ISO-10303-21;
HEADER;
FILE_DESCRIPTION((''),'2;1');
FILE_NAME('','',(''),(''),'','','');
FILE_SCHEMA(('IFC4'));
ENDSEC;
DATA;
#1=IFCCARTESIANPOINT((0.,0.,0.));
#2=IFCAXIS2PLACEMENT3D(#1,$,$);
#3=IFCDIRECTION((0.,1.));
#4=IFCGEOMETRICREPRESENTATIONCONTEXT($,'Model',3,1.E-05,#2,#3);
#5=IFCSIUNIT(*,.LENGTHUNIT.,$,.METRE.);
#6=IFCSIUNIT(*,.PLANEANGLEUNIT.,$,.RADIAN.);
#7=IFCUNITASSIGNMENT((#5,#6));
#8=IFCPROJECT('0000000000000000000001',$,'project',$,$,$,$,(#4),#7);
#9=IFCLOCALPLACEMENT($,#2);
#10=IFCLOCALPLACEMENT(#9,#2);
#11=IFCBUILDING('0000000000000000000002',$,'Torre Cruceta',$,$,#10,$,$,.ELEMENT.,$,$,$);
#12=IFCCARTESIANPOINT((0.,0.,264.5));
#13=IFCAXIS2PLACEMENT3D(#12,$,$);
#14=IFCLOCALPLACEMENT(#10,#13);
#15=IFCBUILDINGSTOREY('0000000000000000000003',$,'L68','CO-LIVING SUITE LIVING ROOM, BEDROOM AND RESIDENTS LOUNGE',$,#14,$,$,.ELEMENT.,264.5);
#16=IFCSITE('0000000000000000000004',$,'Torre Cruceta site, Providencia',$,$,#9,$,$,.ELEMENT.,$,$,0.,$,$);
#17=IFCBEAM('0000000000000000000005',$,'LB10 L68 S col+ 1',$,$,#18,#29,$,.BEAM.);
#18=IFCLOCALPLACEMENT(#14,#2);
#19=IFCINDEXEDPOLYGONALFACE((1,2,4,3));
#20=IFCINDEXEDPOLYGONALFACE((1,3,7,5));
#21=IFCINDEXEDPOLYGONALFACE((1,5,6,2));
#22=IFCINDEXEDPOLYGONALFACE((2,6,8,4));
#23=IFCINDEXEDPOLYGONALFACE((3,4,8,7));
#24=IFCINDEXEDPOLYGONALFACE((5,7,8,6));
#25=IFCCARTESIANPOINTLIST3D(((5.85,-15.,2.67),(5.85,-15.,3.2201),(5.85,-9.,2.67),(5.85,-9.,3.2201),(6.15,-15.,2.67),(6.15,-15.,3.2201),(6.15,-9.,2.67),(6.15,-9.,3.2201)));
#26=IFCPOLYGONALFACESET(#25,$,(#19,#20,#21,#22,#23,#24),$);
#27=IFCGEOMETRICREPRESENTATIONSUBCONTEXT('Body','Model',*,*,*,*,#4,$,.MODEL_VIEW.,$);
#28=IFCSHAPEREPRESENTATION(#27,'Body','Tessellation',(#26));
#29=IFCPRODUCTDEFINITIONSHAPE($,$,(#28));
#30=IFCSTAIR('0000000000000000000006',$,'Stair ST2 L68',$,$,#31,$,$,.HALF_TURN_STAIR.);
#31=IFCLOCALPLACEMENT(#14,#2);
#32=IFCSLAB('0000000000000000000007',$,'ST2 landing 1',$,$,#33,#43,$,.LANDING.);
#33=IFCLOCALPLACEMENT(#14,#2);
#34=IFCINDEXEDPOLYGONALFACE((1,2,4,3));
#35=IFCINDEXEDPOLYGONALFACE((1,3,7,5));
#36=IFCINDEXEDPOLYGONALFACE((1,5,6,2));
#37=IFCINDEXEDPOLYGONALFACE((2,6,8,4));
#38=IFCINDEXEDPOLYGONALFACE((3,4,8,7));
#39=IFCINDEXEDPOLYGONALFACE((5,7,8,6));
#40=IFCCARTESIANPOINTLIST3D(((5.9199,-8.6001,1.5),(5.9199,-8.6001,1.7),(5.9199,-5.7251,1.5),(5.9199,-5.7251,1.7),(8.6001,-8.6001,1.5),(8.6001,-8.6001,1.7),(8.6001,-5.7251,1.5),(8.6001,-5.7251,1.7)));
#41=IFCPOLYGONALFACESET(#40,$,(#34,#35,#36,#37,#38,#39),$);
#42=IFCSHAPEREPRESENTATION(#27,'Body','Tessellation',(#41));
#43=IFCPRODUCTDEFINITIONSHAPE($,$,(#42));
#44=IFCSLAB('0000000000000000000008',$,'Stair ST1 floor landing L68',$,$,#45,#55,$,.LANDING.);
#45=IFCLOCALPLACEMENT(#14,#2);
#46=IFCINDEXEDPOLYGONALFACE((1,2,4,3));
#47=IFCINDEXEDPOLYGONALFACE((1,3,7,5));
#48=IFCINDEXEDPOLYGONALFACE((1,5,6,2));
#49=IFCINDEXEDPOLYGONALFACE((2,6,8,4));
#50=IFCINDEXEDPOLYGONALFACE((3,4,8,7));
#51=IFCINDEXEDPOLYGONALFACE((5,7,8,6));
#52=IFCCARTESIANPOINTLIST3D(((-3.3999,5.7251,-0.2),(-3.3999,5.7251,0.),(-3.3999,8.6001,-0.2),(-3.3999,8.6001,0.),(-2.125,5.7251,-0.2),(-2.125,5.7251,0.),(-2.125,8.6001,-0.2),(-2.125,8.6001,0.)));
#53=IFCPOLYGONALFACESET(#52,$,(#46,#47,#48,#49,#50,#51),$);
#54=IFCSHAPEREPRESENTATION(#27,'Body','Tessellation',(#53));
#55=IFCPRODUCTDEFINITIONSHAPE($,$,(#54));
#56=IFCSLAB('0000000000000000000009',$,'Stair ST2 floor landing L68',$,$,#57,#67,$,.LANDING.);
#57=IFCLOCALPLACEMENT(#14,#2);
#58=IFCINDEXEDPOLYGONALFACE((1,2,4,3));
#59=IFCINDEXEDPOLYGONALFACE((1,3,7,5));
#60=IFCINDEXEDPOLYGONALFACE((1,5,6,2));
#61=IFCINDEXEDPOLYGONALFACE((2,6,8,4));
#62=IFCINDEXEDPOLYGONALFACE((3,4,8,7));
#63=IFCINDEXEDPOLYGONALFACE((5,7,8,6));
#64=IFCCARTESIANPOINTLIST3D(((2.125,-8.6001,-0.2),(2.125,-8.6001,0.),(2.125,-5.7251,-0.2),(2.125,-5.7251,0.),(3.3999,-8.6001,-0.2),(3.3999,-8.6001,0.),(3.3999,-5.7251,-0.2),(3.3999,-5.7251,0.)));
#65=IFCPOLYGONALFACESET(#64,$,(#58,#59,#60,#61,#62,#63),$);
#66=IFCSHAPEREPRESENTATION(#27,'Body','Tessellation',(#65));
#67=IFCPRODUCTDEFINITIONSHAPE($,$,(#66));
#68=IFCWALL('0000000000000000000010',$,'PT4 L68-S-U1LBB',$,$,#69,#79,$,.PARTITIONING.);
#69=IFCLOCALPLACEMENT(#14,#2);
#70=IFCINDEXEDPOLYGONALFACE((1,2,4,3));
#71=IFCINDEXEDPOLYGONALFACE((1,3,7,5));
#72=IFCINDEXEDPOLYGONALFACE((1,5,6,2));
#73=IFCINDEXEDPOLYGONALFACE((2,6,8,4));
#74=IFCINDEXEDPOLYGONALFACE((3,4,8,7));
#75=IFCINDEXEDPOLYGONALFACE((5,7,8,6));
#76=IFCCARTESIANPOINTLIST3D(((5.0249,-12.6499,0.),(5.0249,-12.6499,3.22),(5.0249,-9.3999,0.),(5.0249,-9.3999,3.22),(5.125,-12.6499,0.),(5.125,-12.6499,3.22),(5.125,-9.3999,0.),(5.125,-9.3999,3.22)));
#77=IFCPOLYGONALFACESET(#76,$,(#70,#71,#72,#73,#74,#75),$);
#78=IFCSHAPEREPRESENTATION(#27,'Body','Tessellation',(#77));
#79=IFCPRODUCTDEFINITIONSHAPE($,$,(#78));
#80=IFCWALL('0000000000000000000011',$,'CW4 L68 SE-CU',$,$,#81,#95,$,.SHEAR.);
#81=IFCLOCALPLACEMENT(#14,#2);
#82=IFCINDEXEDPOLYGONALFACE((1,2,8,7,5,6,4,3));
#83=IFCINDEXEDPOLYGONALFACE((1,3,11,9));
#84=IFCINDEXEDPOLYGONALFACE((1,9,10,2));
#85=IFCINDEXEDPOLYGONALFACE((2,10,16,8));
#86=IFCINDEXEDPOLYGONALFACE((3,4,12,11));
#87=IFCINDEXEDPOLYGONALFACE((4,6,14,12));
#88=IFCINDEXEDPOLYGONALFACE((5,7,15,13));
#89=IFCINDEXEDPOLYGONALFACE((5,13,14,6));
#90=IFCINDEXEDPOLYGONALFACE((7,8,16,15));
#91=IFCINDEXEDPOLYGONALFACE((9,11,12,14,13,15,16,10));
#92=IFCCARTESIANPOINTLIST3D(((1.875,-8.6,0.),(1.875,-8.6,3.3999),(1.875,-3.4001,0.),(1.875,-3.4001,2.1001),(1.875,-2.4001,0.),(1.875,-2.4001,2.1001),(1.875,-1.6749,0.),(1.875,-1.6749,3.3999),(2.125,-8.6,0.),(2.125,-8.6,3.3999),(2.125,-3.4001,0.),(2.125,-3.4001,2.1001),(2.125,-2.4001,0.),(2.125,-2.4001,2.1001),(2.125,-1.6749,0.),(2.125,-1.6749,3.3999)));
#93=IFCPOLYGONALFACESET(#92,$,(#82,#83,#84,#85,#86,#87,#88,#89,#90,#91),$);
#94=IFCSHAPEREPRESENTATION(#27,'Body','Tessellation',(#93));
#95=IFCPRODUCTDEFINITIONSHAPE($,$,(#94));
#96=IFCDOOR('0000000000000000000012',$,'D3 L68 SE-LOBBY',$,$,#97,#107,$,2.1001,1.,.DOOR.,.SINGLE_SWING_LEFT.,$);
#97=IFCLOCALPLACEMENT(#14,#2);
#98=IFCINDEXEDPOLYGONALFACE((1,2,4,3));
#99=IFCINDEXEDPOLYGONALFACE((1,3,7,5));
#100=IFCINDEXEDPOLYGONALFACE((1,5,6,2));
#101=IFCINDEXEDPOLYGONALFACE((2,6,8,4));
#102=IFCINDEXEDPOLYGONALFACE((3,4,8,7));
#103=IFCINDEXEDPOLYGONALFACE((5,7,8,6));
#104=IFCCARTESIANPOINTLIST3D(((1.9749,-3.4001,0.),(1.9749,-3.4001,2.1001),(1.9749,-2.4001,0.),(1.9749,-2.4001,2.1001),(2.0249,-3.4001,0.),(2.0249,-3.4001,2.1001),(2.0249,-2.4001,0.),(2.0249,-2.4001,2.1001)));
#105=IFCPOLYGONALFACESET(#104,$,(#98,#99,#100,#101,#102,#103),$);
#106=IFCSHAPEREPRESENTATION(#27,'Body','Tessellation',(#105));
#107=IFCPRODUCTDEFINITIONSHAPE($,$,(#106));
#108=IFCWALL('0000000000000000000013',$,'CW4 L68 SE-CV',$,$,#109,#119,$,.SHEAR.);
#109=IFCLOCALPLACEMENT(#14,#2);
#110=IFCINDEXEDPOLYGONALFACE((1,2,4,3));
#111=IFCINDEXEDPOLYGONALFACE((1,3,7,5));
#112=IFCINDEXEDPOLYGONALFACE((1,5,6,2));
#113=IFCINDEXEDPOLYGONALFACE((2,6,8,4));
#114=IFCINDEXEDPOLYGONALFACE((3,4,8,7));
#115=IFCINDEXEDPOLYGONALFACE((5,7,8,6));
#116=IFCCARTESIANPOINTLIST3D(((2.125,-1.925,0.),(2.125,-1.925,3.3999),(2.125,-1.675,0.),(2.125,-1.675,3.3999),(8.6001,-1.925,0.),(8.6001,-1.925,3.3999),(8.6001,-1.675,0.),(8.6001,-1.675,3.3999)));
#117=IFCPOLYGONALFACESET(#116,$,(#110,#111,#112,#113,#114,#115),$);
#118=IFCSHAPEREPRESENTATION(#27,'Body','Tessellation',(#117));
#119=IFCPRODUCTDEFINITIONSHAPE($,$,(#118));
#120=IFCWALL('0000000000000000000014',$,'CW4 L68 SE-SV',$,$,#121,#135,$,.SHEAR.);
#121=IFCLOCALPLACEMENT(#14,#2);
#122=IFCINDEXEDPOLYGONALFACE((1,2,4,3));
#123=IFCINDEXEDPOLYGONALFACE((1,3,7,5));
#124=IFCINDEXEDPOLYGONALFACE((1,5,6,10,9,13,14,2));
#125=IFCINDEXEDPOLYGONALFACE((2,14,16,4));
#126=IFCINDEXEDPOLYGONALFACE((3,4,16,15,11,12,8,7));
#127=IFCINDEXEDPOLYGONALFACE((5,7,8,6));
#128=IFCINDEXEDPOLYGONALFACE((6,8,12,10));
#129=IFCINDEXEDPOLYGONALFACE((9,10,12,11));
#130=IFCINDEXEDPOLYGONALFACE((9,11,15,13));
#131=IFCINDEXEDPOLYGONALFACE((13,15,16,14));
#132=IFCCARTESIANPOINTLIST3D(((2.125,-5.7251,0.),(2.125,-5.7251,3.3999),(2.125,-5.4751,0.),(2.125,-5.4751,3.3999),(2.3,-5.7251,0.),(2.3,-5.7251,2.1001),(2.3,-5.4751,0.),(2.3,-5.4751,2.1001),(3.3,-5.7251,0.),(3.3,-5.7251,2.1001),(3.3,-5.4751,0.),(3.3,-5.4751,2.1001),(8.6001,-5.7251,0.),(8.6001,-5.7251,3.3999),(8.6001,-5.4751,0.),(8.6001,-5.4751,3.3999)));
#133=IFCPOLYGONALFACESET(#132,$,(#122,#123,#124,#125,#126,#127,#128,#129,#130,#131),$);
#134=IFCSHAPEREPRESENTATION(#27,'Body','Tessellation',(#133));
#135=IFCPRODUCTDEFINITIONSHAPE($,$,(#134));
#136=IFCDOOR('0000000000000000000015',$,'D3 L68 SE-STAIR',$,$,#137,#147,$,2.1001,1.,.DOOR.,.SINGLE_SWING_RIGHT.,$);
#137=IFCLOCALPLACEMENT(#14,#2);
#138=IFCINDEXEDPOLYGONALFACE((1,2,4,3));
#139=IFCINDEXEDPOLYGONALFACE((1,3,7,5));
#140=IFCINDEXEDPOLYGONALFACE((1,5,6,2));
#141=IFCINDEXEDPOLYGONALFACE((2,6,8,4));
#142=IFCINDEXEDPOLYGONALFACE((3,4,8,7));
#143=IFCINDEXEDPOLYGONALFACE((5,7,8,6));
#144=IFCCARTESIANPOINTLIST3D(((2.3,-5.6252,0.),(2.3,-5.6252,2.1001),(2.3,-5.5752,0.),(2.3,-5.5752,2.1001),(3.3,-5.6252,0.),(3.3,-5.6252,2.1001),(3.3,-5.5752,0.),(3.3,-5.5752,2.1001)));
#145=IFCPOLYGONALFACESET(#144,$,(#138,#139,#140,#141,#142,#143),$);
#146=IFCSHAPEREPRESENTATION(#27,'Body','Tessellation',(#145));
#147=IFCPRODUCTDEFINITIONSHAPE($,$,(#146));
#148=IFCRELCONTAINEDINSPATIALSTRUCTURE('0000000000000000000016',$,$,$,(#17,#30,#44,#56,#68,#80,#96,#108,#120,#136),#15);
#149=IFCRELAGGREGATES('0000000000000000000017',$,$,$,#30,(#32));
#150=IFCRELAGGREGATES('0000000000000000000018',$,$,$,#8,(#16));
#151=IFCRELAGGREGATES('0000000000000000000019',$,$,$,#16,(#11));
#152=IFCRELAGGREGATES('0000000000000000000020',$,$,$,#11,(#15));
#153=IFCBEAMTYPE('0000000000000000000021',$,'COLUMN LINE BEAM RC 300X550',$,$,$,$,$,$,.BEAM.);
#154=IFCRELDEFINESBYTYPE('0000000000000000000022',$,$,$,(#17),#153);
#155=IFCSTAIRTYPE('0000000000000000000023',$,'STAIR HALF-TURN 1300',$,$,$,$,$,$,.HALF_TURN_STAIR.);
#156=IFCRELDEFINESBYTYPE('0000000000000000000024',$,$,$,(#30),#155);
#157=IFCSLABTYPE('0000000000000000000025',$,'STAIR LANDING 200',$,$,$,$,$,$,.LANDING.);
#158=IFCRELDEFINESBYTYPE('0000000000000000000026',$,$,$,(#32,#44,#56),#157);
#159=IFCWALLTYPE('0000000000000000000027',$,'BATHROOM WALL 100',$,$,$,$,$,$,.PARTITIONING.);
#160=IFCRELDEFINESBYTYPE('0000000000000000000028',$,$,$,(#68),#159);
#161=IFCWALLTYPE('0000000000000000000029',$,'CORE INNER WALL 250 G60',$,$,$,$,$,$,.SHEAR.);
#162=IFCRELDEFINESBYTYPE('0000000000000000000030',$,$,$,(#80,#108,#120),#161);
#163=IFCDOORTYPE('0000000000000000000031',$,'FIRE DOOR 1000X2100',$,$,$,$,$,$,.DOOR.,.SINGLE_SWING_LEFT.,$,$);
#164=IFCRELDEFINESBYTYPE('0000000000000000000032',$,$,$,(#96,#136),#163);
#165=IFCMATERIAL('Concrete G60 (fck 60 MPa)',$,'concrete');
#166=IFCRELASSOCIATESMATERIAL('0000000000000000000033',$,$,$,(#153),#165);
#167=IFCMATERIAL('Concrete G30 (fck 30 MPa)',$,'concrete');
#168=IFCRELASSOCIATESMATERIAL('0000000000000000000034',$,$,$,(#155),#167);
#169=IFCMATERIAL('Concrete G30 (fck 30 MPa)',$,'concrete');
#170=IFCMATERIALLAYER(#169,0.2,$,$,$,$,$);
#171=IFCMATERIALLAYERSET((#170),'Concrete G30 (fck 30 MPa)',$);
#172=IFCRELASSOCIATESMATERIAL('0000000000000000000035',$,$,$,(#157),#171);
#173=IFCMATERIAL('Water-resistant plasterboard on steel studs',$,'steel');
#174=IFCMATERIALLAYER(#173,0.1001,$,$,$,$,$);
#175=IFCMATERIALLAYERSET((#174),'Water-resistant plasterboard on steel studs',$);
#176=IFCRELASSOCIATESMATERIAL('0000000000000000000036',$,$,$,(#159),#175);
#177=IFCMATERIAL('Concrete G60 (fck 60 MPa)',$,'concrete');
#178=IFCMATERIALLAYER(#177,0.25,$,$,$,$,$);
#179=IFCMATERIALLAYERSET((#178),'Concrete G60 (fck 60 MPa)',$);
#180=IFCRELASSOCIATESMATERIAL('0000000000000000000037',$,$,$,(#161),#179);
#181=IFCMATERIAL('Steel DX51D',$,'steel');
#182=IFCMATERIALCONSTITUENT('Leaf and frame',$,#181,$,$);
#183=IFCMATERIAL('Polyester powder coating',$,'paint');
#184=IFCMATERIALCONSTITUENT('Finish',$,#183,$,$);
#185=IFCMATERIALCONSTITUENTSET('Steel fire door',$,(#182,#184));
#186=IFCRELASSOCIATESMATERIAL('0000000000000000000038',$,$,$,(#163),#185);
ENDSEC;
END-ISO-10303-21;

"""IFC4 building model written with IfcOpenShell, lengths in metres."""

from ifc_helpers import new_model, si_unit, direction, frame, frame_2d, origin, origin_2d, place, context, subcontext, project, spatial, polyline, rectangle, outline, extrude, material, layer, layer_set, constituent, constituent_set, material_profile, profile_set, type_object, element, fill, aggregate, save


model = new_model("IFC4")

# Units and contexts
model_context = context("Model", 3, precision=1e-05, world=origin(), true_north=direction((0.0, 1.0)))
body_context = subcontext(model_context, "Body", "Model", "MODEL_VIEW")
ifc_project = project(units=[si_unit("LENGTHUNIT", "METRE"), si_unit("PLANEANGLEUNIT", "RADIAN")], contexts=[model_context])

# Site, building, storey
site_placement = place(None, origin())
site = spatial("IfcSite", under=ifc_project, at=site_placement, Name="Torre Cruceta site, Providencia", CompositionType="ELEMENT", RefElevation=0.0)
building_placement = place(site_placement, origin())
building = spatial("IfcBuilding", under=site, at=building_placement, Name="Torre Cruceta", CompositionType="ELEMENT")
storey_placement = place(building_placement, frame((0.0, 0.0, 264.5)))
storey = spatial("IfcBuildingStorey", under=building, at=storey_placement, Name="L68", Description="CO-LIVING SUITE LIVING ROOM, BEDROOM AND RESIDENTS LOUNGE", CompositionType="ELEMENT", Elevation=264.5)

# Beam
ifc_material_1 = material(Name="Concrete G60 (fck 60 MPa)", Category="concrete")
ifc_material_profile = material_profile(ifc_material_1, rectangle(XDim=0.3, YDim=0.55, at=origin_2d()), Name="RC 300X550")
ifc_profile_set = profile_set([ifc_material_profile], Name="Concrete G60 (fck 60 MPa)")
beam_type = type_object("IfcBeamType", Name="COLUMN LINE BEAM RC 300X550", PredefinedType="BEAM", material=ifc_profile_set)
beam_placement = place(storey_placement, frame((6.0, -9.0, 2.9451), z_axis=(0.0, -1.0, 0.0), x_axis=(1.0, 0.0, 0.0)))
element("IfcBeam", 1, at=beam_placement, inside=storey, type_object=beam_type, Name="LB10 L68 S col+ 1", PredefinedType="BEAM", context=body_context, shape_type="SweptSolid", body=[
    extrude(rectangle(XDim=0.3, YDim=0.55, at=origin_2d()), origin(), (0.0, 0.0, 1.0), 6.0),
])

# Stair, slab
ifc_material_2 = material(Name="Concrete G30 (fck 30 MPa)", Category="concrete")
stair_type = type_object("IfcStairType", Name="STAIR HALF-TURN 1300", PredefinedType="HALF_TURN_STAIR", material=ifc_material_2)
stair_placement = place(storey_placement, origin())
stair = element("IfcStair", 2, at=stair_placement, inside=storey, type_object=stair_type, Name="Stair ST2 L68", PredefinedType="HALF_TURN_STAIR")
ifc_material_3 = material(Name="Concrete G30 (fck 30 MPa)", Category="concrete")
ifc_layer_1 = layer(ifc_material_3, 0.2)
ifc_layer_set_1 = layer_set([ifc_layer_1], Name="Concrete G30 (fck 30 MPa)")
slab_type = type_object("IfcSlabType", Name="STAIR LANDING 200", PredefinedType="LANDING", material=ifc_layer_set_1)
slab_1_placement = place(storey_placement, frame((0.0, 0.0, 1.5)))
slab_1 = element("IfcSlab", 3, at=slab_1_placement, type_object=slab_type, Name="ST2 landing 1", PredefinedType="LANDING", context=body_context, shape_type="SweptSolid", body=[
    extrude(outline(polyline([(5.9199, -8.6001), (8.6001, -8.6001), (8.6001, -5.7251), (5.9199, -5.7251), (5.9199, -8.6001)])), origin(), (0.0, 0.0, 1.0), 0.2),
])

# Slabs
slab_2_placement = place(storey_placement, frame((0.0, 0.0, -0.2)))
element("IfcSlab", 4, at=slab_2_placement, inside=storey, type_object=slab_type, Name="Stair ST1 floor landing L68", PredefinedType="LANDING", context=body_context, shape_type="SweptSolid", body=[
    extrude(outline(polyline([(-2.125, 8.6001), (-2.125, 5.7251), (-3.3999, 5.7251), (-3.3999, 8.6001), (-2.125, 8.6001)])), origin(), (0.0, 0.0, 1.0), 0.2),
])
slab_3_placement = place(storey_placement, frame((0.0, 0.0, -0.2)))
element("IfcSlab", 5, at=slab_3_placement, inside=storey, type_object=slab_type, Name="Stair ST2 floor landing L68", PredefinedType="LANDING", context=body_context, shape_type="SweptSolid", body=[
    extrude(outline(polyline([(2.125, -8.6001), (2.125, -5.7251), (3.3999, -5.7251), (3.3999, -8.6001), (2.125, -8.6001)])), origin(), (0.0, 0.0, 1.0), 0.2),
])

# Wall
ifc_material_4 = material(Name="Water-resistant plasterboard on steel studs", Category="steel")
ifc_layer_2 = layer(ifc_material_4, 0.1001)
ifc_layer_set_2 = layer_set([ifc_layer_2], Name="Water-resistant plasterboard on steel studs")
wall_type_1 = type_object("IfcWallType", Name="BATHROOM WALL 100", PredefinedType="PARTITIONING", material=ifc_layer_set_2)
wall_1_placement = place(storey_placement, frame((5.075, -9.3999, 0.0), z_axis=(0.0, 0.0, 1.0), x_axis=(0.0, -1.0, 0.0)))
element("IfcWall", 6, at=wall_1_placement, inside=storey, type_object=wall_type_1, Name="PT4 L68-S-U1LBB", PredefinedType="PARTITIONING", context=body_context, shape_type="SweptSolid", body=[
    extrude(rectangle(XDim=3.25, YDim=0.1001, at=frame_2d((1.625, 0.0))), origin(), (0.0, 0.0, 1.0), 3.22),
])

# Wall, opening, door
ifc_material_5 = material(Name="Concrete G60 (fck 60 MPa)", Category="concrete")
ifc_layer_3 = layer(ifc_material_5, 0.25)
ifc_layer_set_3 = layer_set([ifc_layer_3], Name="Concrete G60 (fck 60 MPa)")
wall_type_2 = type_object("IfcWallType", Name="CORE INNER WALL 250 G60", PredefinedType="SHEAR", material=ifc_layer_set_3)
wall_2_placement = place(storey_placement, frame((2.0, -1.675, 0.0), z_axis=(0.0, 0.0, 1.0), x_axis=(0.0, -1.0, 0.0)))
wall_2 = element("IfcWall", 7, at=wall_2_placement, inside=storey, type_object=wall_type_2, Name="CW4 L68 SE-CU", PredefinedType="SHEAR", context=body_context, shape_type="SweptSolid", body=[
    extrude(rectangle(XDim=6.925, YDim=0.25, at=frame_2d((3.4624, 0.0))), origin(), (0.0, 0.0, 1.0), 3.3999),
])
opening_1_placement = place(wall_2_placement, frame((0.7251, 0.0, 0.0)))
opening_1 = element("IfcOpeningElement", 8, at=opening_1_placement, cuts=wall_2, PredefinedType="OPENING", context=body_context, shape_type="SweptSolid", body=[
    extrude(rectangle(XDim=1.0, YDim=2.1001, at=frame_2d((0.5, 1.05))), frame((0.0, 0.135, 0.0), z_axis=(0.0, -1.0, 0.0), x_axis=(1.0, 0.0, 0.0)), (0.0, 0.0, 1.0), 0.27),
])
ifc_material_6 = material(Name="Steel DX51D", Category="steel")
ifc_constituent_1 = constituent(ifc_material_6, Name="Leaf and frame")
ifc_material_7 = material(Name="Polyester powder coating", Category="paint")
ifc_constituent_2 = constituent(ifc_material_7, Name="Finish")
ifc_constituent_set_1 = constituent_set(constituents=[ifc_constituent_1, ifc_constituent_2], Name="Steel fire door")
door_type_1 = type_object("IfcDoorType", Name="FIRE DOOR 1000X2100", OperationType="SINGLE_SWING_LEFT", PredefinedType="DOOR", material=ifc_constituent_set_1)
door_1_placement = place(opening_1_placement, origin())
door_1 = element("IfcDoor", 9, at=door_1_placement, inside=storey, type_object=door_type_1, Name="D3 L68 SE-LOBBY", OperationType="SINGLE_SWING_LEFT", OverallHeight=2.1001, OverallWidth=1.0, PredefinedType="DOOR", context=body_context, shape_type="SweptSolid", body=[
    extrude(rectangle(XDim=1.0, YDim=2.1001, at=frame_2d((0.5, 1.05))), frame((0.0, 0.0249, 0.0), z_axis=(0.0, -1.0, 0.0), x_axis=(1.0, 0.0, 0.0)), (0.0, 0.0, 1.0), 0.05),
])
fill(opening_1, door_1)

# Wall
wall_3_placement = place(storey_placement, frame((2.125, -1.8, 0.0), z_axis=(0.0, 0.0, 1.0), x_axis=(1.0, 0.0, 0.0)))
element("IfcWall", 10, at=wall_3_placement, inside=storey, type_object=wall_type_2, Name="CW4 L68 SE-CV", PredefinedType="SHEAR", context=body_context, shape_type="SweptSolid", body=[
    extrude(rectangle(XDim=6.4751, YDim=0.25, at=frame_2d((3.2375, 0.0))), origin(), (0.0, 0.0, 1.0), 3.3999),
])

# Wall, opening, door
wall_4_placement = place(storey_placement, frame((2.125, -5.6001, 0.0), z_axis=(0.0, 0.0, 1.0), x_axis=(1.0, 0.0, 0.0)))
wall_4 = element("IfcWall", 11, at=wall_4_placement, inside=storey, type_object=wall_type_2, Name="CW4 L68 SE-SV", PredefinedType="SHEAR", context=body_context, shape_type="SweptSolid", body=[
    extrude(rectangle(XDim=6.4751, YDim=0.25, at=frame_2d((3.2375, 0.0))), origin(), (0.0, 0.0, 1.0), 3.3999),
])
opening_2_placement = place(wall_4_placement, frame((0.175, 0.0, 0.0)))
opening_2 = element("IfcOpeningElement", 12, at=opening_2_placement, cuts=wall_4, PredefinedType="OPENING", context=body_context, shape_type="SweptSolid", body=[
    extrude(rectangle(XDim=1.0, YDim=2.1001, at=frame_2d((0.5, 1.05))), frame((0.0, 0.135, 0.0), z_axis=(0.0, -1.0, 0.0), x_axis=(1.0, 0.0, 0.0)), (0.0, 0.0, 1.0), 0.27),
])
door_2_placement = place(opening_2_placement, frame((1.0, 0.0, 0.0), z_axis=(0.0, 0.0, 1.0), x_axis=(-1.0, 0.0, 0.0)))
door_2 = element("IfcDoor", 13, at=door_2_placement, inside=storey, type_object=door_type_1, Name="D3 L68 SE-STAIR", OperationType="SINGLE_SWING_RIGHT", OverallHeight=2.1001, OverallWidth=1.0, PredefinedType="DOOR", context=body_context, shape_type="SweptSolid", body=[
    extrude(rectangle(XDim=1.0, YDim=2.1001, at=frame_2d((0.5, 1.05))), frame((0.0, 0.0251, 0.0), z_axis=(0.0, -1.0, 0.0), x_axis=(1.0, 0.0, 0.0)), (0.0, 0.0, 1.0), 0.05),
])
fill(opening_2, door_2)

aggregate(stair, [slab_1])

save(model, "model.ifc")
